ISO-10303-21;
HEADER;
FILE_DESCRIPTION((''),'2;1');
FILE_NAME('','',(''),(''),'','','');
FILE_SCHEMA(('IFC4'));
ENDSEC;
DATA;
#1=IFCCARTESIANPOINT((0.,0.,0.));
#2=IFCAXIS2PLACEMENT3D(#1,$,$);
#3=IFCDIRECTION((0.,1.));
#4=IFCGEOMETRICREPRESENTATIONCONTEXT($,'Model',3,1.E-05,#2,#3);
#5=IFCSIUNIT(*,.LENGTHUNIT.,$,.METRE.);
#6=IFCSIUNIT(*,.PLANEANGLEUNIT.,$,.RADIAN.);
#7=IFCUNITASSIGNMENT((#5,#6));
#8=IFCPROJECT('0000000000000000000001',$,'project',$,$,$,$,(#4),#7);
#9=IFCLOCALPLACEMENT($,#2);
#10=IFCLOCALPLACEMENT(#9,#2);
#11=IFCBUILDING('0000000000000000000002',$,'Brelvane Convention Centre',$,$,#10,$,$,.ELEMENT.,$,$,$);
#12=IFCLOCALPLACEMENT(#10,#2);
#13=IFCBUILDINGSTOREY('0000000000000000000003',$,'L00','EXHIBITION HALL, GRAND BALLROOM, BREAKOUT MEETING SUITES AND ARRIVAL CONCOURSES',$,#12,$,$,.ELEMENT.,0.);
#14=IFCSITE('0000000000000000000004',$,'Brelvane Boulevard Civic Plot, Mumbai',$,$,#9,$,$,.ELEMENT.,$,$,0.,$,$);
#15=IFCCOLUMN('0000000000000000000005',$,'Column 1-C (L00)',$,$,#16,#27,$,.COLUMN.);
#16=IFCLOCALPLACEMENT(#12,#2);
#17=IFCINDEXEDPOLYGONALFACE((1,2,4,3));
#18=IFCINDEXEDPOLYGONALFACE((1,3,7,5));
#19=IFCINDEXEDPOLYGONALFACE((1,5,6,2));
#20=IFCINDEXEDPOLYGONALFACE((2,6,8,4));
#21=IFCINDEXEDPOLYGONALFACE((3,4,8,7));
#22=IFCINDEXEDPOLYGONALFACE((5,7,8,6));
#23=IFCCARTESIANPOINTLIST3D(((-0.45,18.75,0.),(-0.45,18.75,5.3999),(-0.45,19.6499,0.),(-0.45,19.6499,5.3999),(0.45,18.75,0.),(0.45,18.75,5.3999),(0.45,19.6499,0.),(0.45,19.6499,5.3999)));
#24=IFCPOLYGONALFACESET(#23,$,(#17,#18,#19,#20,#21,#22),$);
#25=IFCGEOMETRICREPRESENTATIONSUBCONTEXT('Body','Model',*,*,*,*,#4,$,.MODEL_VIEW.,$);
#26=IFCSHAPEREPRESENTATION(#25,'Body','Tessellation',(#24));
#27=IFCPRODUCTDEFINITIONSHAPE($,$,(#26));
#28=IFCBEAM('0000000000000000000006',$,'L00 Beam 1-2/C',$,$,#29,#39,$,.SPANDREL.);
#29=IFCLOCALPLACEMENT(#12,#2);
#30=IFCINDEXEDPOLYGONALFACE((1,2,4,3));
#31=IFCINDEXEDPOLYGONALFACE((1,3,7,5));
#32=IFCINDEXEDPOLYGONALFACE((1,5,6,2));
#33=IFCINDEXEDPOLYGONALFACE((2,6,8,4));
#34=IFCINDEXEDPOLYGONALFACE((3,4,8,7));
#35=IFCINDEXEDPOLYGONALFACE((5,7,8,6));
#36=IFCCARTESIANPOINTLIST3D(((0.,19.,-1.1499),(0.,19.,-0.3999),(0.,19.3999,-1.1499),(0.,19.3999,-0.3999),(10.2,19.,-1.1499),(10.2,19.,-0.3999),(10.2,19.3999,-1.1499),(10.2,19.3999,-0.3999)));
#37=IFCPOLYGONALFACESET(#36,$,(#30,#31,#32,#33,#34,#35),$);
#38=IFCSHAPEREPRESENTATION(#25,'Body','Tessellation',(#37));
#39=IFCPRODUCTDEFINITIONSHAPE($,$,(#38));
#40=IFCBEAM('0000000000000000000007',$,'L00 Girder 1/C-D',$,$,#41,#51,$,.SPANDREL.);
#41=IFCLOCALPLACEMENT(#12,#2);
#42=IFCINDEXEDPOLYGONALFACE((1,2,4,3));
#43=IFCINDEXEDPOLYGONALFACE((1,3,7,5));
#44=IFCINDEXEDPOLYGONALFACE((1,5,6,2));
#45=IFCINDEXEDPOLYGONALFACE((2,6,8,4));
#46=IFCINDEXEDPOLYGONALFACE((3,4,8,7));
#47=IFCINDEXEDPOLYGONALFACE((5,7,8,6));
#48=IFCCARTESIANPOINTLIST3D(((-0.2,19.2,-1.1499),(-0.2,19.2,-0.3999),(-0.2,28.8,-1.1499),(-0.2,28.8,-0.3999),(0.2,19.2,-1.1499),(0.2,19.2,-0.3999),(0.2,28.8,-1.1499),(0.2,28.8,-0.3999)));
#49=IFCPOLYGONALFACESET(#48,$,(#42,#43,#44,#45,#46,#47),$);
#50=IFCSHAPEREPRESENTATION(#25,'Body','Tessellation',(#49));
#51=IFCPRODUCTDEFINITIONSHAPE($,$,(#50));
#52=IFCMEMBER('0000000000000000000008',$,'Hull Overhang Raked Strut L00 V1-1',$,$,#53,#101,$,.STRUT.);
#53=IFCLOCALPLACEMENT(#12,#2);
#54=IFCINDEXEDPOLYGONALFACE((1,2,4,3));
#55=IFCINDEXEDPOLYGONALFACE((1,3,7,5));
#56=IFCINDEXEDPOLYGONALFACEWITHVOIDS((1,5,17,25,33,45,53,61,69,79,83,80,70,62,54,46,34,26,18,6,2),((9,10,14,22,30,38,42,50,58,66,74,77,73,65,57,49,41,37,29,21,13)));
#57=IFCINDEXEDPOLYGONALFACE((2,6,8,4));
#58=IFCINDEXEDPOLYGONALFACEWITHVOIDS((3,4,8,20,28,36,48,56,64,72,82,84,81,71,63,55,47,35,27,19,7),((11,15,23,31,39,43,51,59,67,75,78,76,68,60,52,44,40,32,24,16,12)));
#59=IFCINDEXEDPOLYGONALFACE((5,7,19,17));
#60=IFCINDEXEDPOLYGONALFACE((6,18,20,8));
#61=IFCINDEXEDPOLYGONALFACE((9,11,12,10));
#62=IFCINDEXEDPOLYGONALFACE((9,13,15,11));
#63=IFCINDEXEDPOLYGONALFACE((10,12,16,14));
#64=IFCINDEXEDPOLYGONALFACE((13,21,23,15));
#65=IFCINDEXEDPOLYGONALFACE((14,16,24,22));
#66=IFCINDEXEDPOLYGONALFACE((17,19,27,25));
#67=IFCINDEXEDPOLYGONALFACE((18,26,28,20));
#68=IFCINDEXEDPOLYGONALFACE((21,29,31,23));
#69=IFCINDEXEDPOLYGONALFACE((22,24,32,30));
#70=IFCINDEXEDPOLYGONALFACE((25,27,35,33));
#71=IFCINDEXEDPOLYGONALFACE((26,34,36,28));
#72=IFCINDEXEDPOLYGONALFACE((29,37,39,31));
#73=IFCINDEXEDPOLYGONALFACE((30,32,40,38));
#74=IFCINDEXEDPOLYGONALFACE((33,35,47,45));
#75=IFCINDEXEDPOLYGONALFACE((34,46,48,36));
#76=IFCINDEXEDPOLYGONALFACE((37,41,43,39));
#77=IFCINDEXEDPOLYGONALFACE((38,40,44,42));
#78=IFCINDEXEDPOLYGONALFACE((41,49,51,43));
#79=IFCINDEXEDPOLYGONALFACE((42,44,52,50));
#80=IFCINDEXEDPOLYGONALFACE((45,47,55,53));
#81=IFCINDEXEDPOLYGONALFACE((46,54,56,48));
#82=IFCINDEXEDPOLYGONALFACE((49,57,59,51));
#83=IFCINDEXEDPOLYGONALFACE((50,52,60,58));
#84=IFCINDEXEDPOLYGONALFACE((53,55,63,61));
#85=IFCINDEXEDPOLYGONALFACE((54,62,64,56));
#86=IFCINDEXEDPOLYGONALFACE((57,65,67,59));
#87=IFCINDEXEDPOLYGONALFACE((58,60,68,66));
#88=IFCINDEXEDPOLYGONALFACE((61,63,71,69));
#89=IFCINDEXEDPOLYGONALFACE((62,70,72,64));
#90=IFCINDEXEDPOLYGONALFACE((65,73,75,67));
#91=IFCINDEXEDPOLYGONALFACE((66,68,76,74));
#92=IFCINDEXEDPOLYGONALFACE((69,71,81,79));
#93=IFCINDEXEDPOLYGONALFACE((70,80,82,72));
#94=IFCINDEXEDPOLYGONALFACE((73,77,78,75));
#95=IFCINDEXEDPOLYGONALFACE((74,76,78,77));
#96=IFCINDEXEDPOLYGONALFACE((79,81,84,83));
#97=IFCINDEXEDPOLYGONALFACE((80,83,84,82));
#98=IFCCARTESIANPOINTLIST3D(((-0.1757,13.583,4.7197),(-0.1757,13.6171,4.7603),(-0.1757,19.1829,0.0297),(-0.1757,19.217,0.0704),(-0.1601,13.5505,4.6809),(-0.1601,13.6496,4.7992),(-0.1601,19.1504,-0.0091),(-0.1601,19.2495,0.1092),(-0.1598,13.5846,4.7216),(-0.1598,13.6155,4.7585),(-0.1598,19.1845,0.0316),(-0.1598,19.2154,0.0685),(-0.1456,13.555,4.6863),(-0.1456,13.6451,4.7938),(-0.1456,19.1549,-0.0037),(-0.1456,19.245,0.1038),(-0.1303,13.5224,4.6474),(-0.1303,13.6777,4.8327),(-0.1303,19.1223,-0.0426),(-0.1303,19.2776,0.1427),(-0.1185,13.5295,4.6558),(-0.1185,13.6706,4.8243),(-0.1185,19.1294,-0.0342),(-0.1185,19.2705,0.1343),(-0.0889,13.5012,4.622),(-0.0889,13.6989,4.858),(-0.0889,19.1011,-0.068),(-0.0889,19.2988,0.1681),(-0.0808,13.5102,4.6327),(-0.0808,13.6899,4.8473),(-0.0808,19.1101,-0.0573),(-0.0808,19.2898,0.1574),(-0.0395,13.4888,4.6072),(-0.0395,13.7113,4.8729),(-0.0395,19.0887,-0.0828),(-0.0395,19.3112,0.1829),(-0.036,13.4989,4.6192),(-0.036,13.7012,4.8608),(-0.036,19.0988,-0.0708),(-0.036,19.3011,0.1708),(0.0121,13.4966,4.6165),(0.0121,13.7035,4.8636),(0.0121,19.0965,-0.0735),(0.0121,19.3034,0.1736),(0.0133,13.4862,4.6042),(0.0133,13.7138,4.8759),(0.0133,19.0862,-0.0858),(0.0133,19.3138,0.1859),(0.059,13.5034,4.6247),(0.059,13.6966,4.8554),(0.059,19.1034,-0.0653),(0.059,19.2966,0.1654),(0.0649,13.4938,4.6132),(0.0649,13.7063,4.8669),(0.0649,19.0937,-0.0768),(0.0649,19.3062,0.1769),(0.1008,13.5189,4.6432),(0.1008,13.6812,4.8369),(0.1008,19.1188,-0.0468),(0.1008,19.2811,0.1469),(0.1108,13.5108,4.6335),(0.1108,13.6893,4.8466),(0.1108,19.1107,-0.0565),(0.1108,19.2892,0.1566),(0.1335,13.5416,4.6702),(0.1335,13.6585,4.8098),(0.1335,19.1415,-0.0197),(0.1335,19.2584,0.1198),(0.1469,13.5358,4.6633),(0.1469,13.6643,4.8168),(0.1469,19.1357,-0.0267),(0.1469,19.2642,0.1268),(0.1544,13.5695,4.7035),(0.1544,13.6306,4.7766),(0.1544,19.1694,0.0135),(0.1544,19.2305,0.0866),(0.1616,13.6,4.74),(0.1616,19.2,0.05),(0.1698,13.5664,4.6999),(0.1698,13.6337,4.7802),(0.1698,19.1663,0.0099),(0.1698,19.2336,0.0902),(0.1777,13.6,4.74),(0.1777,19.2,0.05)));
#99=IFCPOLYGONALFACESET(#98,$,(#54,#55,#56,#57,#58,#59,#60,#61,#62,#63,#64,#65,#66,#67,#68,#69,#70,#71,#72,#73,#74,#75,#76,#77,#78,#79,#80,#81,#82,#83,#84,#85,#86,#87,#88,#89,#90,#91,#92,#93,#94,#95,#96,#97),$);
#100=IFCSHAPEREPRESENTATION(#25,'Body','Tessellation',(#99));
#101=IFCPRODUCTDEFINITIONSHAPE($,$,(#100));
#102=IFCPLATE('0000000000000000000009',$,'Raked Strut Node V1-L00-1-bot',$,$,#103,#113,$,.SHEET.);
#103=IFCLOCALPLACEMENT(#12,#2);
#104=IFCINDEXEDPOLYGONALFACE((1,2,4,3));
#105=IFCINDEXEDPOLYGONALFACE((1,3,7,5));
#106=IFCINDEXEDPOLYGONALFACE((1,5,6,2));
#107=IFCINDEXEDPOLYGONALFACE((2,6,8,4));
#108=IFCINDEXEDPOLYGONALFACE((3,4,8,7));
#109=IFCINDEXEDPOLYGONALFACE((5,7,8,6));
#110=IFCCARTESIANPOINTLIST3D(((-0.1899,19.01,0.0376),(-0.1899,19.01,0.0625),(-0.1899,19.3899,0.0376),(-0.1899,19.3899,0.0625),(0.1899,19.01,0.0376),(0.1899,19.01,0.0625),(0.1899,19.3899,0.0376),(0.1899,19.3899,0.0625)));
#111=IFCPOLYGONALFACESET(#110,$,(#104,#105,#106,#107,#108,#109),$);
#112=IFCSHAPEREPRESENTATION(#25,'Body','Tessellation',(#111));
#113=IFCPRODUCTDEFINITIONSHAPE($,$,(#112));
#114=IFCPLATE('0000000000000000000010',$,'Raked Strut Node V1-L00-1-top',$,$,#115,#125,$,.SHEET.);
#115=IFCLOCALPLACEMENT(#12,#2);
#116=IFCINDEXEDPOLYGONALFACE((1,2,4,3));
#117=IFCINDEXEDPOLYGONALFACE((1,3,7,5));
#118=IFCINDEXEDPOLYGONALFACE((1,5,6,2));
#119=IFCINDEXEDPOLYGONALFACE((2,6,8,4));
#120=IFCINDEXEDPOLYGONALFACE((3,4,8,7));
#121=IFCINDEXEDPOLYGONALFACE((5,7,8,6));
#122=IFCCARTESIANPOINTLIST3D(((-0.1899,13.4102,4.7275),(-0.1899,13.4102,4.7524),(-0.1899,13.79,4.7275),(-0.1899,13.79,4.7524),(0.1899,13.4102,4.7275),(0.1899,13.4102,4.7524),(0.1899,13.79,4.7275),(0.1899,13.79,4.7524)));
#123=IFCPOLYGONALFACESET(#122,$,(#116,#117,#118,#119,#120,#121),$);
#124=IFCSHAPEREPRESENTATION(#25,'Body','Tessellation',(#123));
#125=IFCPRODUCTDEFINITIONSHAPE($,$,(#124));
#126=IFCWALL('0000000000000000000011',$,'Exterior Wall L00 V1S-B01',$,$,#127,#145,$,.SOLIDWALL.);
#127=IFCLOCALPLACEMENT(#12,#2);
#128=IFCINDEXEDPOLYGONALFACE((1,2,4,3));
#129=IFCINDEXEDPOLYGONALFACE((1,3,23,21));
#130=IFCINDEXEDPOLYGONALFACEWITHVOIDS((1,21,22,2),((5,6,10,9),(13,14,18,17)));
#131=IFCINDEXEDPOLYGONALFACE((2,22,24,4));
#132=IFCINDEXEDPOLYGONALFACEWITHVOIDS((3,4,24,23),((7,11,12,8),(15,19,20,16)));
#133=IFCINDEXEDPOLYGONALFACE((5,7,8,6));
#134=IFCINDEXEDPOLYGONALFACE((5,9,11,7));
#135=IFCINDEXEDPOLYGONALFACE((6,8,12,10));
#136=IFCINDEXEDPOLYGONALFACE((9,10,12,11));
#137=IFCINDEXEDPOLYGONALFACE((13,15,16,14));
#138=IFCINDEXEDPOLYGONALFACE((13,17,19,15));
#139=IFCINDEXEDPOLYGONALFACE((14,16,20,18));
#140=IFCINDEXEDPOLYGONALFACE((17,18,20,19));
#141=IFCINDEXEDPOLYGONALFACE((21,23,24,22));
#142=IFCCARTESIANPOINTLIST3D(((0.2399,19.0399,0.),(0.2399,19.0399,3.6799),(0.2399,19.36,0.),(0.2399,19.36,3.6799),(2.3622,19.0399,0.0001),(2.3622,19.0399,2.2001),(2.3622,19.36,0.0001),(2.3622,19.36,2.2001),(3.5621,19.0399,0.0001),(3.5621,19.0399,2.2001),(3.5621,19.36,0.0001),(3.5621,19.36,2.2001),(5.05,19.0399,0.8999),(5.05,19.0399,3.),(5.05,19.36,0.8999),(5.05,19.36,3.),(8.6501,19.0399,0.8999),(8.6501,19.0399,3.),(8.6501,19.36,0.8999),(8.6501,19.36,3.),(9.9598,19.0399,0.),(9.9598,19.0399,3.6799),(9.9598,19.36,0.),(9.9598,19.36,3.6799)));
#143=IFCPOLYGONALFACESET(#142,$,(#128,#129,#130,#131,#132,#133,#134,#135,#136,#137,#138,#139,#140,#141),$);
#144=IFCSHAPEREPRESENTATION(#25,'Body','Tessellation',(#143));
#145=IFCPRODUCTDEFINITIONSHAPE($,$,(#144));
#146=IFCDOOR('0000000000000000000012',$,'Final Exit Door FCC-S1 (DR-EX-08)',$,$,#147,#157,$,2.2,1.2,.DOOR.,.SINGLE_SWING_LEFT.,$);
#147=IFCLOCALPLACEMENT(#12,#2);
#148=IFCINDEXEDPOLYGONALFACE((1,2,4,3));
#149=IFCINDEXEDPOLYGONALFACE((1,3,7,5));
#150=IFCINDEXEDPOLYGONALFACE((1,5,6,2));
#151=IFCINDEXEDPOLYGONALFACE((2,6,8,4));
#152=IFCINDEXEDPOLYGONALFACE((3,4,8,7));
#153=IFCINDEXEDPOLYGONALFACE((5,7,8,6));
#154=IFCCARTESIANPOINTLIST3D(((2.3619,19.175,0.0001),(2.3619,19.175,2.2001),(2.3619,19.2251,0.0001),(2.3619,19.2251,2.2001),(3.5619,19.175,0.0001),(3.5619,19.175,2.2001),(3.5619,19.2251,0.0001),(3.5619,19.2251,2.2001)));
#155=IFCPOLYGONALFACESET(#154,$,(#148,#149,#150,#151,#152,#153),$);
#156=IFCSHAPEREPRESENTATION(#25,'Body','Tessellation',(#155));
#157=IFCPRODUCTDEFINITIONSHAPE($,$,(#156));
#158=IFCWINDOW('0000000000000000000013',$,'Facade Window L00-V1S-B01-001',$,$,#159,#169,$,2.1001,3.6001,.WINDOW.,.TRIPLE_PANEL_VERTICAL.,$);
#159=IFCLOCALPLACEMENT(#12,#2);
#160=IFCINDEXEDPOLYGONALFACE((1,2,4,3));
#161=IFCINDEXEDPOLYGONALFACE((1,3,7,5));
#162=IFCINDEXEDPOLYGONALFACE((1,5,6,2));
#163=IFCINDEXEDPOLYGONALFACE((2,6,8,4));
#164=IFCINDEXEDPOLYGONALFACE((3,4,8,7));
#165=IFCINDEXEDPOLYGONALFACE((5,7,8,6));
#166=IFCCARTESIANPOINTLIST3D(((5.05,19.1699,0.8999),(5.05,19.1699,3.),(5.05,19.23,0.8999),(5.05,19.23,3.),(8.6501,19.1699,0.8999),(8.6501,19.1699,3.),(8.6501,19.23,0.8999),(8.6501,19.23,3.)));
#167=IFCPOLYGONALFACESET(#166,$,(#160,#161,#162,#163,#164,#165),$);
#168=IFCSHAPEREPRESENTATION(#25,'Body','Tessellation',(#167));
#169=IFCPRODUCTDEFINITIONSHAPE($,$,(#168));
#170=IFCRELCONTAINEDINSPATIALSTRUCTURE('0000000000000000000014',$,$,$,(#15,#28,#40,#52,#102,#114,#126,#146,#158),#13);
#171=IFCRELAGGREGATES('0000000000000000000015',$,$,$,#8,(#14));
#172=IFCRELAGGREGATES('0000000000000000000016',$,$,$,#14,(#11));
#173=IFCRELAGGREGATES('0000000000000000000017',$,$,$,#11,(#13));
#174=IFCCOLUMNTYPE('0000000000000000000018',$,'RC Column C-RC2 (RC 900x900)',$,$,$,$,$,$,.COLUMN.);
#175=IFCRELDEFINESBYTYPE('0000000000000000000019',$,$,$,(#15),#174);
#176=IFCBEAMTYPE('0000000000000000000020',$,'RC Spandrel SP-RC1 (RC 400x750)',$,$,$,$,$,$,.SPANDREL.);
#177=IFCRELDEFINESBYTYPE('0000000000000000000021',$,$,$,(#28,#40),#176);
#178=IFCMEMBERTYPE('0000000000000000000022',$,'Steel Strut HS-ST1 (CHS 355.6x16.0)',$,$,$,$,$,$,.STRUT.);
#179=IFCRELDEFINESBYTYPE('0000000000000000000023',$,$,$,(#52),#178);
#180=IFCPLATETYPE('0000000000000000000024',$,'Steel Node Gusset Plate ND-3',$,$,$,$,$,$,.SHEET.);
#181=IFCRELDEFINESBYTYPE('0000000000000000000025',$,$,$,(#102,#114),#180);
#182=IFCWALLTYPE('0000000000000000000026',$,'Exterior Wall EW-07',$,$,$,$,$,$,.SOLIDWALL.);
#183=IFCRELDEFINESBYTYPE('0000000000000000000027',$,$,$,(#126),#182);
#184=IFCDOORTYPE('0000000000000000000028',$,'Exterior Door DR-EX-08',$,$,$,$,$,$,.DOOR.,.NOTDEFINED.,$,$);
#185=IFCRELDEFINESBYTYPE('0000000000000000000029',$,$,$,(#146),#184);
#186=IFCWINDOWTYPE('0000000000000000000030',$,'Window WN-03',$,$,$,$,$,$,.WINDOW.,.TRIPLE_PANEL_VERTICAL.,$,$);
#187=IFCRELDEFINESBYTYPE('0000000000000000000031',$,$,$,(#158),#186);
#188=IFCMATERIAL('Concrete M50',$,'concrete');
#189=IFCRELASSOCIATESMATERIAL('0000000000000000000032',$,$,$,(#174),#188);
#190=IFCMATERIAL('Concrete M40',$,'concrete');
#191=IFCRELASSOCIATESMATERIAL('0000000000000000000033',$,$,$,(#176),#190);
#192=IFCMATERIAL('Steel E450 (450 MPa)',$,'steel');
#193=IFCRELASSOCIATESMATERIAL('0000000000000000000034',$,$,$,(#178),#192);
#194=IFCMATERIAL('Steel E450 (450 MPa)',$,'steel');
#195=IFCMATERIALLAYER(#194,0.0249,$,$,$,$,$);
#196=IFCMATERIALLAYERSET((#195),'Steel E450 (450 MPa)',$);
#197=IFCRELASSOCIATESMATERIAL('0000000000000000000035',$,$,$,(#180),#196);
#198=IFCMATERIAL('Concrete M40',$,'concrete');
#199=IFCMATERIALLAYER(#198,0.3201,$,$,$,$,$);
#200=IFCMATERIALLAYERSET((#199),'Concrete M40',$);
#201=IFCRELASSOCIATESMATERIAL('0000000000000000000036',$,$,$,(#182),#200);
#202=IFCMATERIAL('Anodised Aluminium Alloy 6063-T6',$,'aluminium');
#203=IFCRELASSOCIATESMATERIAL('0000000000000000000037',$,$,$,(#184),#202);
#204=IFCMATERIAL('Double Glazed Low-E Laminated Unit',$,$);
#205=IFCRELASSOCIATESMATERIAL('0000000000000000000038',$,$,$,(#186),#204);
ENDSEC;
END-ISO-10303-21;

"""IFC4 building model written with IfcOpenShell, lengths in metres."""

from ifc_helpers import new_model, si_unit, direction, frame, frame_2d, origin, origin_2d, place, context, subcontext, project, spatial, rectangle, hollow_circle, extrude, material, layer, layer_set, material_profile, profile_set, type_object, element, fill, save


model = new_model("IFC4")

# Units and contexts
model_context = context("Model", 3, precision=1e-05, world=origin(), true_north=direction((0.0, 1.0)))
body_context = subcontext(model_context, "Body", "Model", "MODEL_VIEW")
ifc_project = project(units=[si_unit("LENGTHUNIT", "METRE"), si_unit("PLANEANGLEUNIT", "RADIAN")], contexts=[model_context])

# Site, building, storey
site_placement = place(None, origin())
site = spatial("IfcSite", under=ifc_project, at=site_placement, Name="Brelvane Boulevard Civic Plot, Mumbai", CompositionType="ELEMENT", RefElevation=0.0)
building_placement = place(site_placement, origin())
building = spatial("IfcBuilding", under=site, at=building_placement, Name="Brelvane Convention Centre", CompositionType="ELEMENT")
storey_placement = place(building_placement, origin())
storey = spatial("IfcBuildingStorey", under=building, at=storey_placement, Name="L00", Description="EXHIBITION HALL, GRAND BALLROOM, BREAKOUT MEETING SUITES AND ARRIVAL CONCOURSES", CompositionType="ELEMENT", Elevation=0.0)

# Column
ifc_material_1 = material(Name="Concrete M50", Category="concrete")
ifc_material_profile_1 = material_profile(ifc_material_1, rectangle(XDim=0.8999, YDim=0.8999, at=origin_2d()), Name="RC 900x900")
ifc_profile_set_1 = profile_set([ifc_material_profile_1], Name="Concrete M50")
column_type = type_object("IfcColumnType", Name="RC Column C-RC2 (RC 900x900)", PredefinedType="COLUMN", material=ifc_profile_set_1)
column_placement = place(storey_placement, frame((0.0, 19.2, 0.0), z_axis=(0.0, 0.0, 1.0), x_axis=(1.0, 0.0, 0.0)))
element("IfcColumn", 1, at=column_placement, inside=storey, type_object=column_type, Name="Column 1-C (L00)", PredefinedType="COLUMN", context=body_context, shape_type="SweptSolid", body=[
    extrude(rectangle(XDim=0.8999, YDim=0.8999, at=origin_2d()), origin(), (0.0, 0.0, 1.0), 5.3999),
])

# Beams
ifc_material_2 = material(Name="Concrete M40", Category="concrete")
ifc_material_profile_2 = material_profile(ifc_material_2, rectangle(XDim=0.3999, YDim=0.75, at=origin_2d()), Name="RC 400x750")
ifc_profile_set_2 = profile_set([ifc_material_profile_2], Name="Concrete M40")
beam_type = type_object("IfcBeamType", Name="RC Spandrel SP-RC1 (RC 400x750)", PredefinedType="SPANDREL", material=ifc_profile_set_2)
beam_1_placement = place(storey_placement, frame((0.0, 19.2, -0.7749), z_axis=(1.0, 0.0, 0.0), x_axis=(0.0, 1.0, 0.0)))
element("IfcBeam", 2, at=beam_1_placement, inside=storey, type_object=beam_type, Name="L00 Beam 1-2/C", PredefinedType="SPANDREL", context=body_context, shape_type="SweptSolid", body=[
    extrude(rectangle(XDim=0.3999, YDim=0.75, at=origin_2d()), origin(), (0.0, 0.0, 1.0), 10.2),
])
beam_2_placement = place(storey_placement, frame((0.0, 19.2, -0.7749), z_axis=(0.0, 1.0, 0.0), x_axis=(-1.0, 0.0, 0.0)))
element("IfcBeam", 3, at=beam_2_placement, inside=storey, type_object=beam_type, Name="L00 Girder 1/C-D", PredefinedType="SPANDREL", context=body_context, shape_type="SweptSolid", body=[
    extrude(rectangle(XDim=0.3999, YDim=0.75, at=origin_2d()), origin(), (0.0, 0.0, 1.0), 9.6001),
])

# Member
ifc_material_3 = material(Name="Steel E450 (450 MPa)", Category="steel")
ifc_material_profile_3 = material_profile(ifc_material_3, hollow_circle(Radius=0.1777, WallThickness=0.0161, at=origin_2d()), Name="CHS 355.6x16.0")
ifc_profile_set_3 = profile_set([ifc_material_profile_3], Name="Steel E450 (450 MPa)")
member_type = type_object("IfcMemberType", Name="Steel Strut HS-ST1 (CHS 355.6x16.0)", PredefinedType="STRUT", material=ifc_profile_set_3)
member_placement = place(storey_placement, frame((0.0, 19.2, 0.05), z_axis=(0.0, -0.766644, 0.642073), x_axis=(1.0, 0.0, 0.0)))
element("IfcMember", 4, at=member_placement, inside=storey, type_object=member_type, Name="Hull Overhang Raked Strut L00 V1-1", PredefinedType="STRUT", context=body_context, shape_type="SweptSolid", body=[
    extrude(hollow_circle(Radius=0.1777, WallThickness=0.0161, at=origin_2d()), origin(), (0.0, 0.0, 1.0), 7.3044),
])

# Plates
ifc_material_4 = material(Name="Steel E450 (450 MPa)", Category="steel")
ifc_layer_1 = layer(ifc_material_4, 0.0249)
ifc_layer_set_1 = layer_set([ifc_layer_1], Name="Steel E450 (450 MPa)")
plate_type = type_object("IfcPlateType", Name="Steel Node Gusset Plate ND-3", PredefinedType="SHEET", material=ifc_layer_set_1)
for number, where, z_axis, x_axis, name in (
    (5, (0.0, 19.2, 0.0376), (0.0, 0.0, 1.0), (1.0, 0.0, 0.0), "Raked Strut Node V1-L00-1-bot"),
    (6, (0.0, 13.6001, 4.7275), (0.0, 0.0, 1.0), (1.0, 0.0, 0.0), "Raked Strut Node V1-L00-1-top"),
):
    element("IfcPlate", number, at=place(storey_placement, frame(where, z_axis=z_axis, x_axis=x_axis)), inside=storey, type_object=plate_type, Name=name, PredefinedType="SHEET", context=body_context, shape_type="SweptSolid", body=[
        extrude(rectangle(XDim=0.3799, YDim=0.3799, at=origin_2d()), origin(), (0.0, 0.0, 1.0), 0.0249),
    ])

# Wall, openings, door, window
ifc_material_5 = material(Name="Concrete M40", Category="concrete")
ifc_layer_2 = layer(ifc_material_5, 0.3201)
ifc_layer_set_2 = layer_set([ifc_layer_2], Name="Concrete M40")
wall_type = type_object("IfcWallType", Name="Exterior Wall EW-07", PredefinedType="SOLIDWALL", material=ifc_layer_set_2)
wall_placement = place(storey_placement, frame((0.24, 19.2, 0.0), z_axis=(0.0, 0.0, 1.0), x_axis=(1.0, 0.0, 0.0)))
wall = element("IfcWall", 7, at=wall_placement, inside=storey, type_object=wall_type, Name="Exterior Wall L00 V1S-B01", PredefinedType="SOLIDWALL", context=body_context, shape_type="SweptSolid", body=[
    extrude(rectangle(XDim=9.72, YDim=0.3201, at=frame_2d((4.8599, 0.0))), origin(), (0.0, 0.0, 1.0), 3.6799),
])
opening_1_placement = place(wall_placement, frame((2.1221, 0.0, 0.0)))
opening_1 = element("IfcOpeningElement", 8, at=opening_1_placement, cuts=wall, PredefinedType="OPENING", context=body_context, shape_type="SweptSolid", body=[
    extrude(rectangle(XDim=1.2, YDim=2.2, at=frame_2d((0.6001, 1.1001))), frame((0.0, 0.1699, 0.0), z_axis=(0.0, -1.0, 0.0), x_axis=(1.0, 0.0, 0.0)), (0.0, 0.0, 1.0), 0.3401),
])
opening_2_placement = place(wall_placement, frame((4.8101, 0.0, 0.8999)))
opening_2 = element("IfcOpeningElement", 9, at=opening_2_placement, cuts=wall, PredefinedType="OPENING", context=body_context, shape_type="SweptSolid", body=[
    extrude(rectangle(XDim=3.6001, YDim=2.1001, at=frame_2d((1.8, 1.05))), frame((0.0, 0.1699, 0.0), z_axis=(0.0, -1.0, 0.0), x_axis=(1.0, 0.0, 0.0)), (0.0, 0.0, 1.0), 0.3401),
])
ifc_material_6 = material(Name="Anodised Aluminium Alloy 6063-T6", Category="aluminium")
door_type = type_object("IfcDoorType", Name="Exterior Door DR-EX-08", OperationType="NOTDEFINED", PredefinedType="DOOR", material=ifc_material_6)
door_placement = place(opening_1_placement, frame((1.2, 0.0, 0.0), z_axis=(0.0, 0.0, 1.0), x_axis=(-1.0, 0.0, 0.0)))
door = element("IfcDoor", 10, at=door_placement, inside=storey, type_object=door_type, Name="Final Exit Door FCC-S1 (DR-EX-08)", OperationType="SINGLE_SWING_LEFT", OverallHeight=2.2, OverallWidth=1.2, PredefinedType="DOOR", context=body_context, shape_type="SweptSolid", body=[
    extrude(rectangle(XDim=1.2, YDim=2.2, at=frame_2d((0.6001, 1.1001))), frame((0.0, 0.0249, 0.0), z_axis=(0.0, -1.0, 0.0), x_axis=(1.0, 0.0, 0.0)), (0.0, 0.0, 1.0), 0.05),
])
fill(opening_1, door)
ifc_material_7 = material(Name="Double Glazed Low-E Laminated Unit")
window_type = type_object("IfcWindowType", Name="Window WN-03", PartitioningType="TRIPLE_PANEL_VERTICAL", PredefinedType="WINDOW", material=ifc_material_7)
window_placement = place(opening_2_placement, origin())
window = element("IfcWindow", 11, at=window_placement, inside=storey, type_object=window_type, Name="Facade Window L00-V1S-B01-001", OverallHeight=2.1001, OverallWidth=3.6001, PartitioningType="TRIPLE_PANEL_VERTICAL", PredefinedType="WINDOW", context=body_context, shape_type="SweptSolid", body=[
    extrude(rectangle(XDim=3.6001, YDim=2.1001, at=frame_2d((1.8, 1.05))), frame((0.0, 0.03, 0.0), z_axis=(0.0, -1.0, 0.0), x_axis=(1.0, 0.0, 0.0)), (0.0, 0.0, 1.0), 0.0601),
])
fill(opening_2, window)

save(model, "model.ifc")
